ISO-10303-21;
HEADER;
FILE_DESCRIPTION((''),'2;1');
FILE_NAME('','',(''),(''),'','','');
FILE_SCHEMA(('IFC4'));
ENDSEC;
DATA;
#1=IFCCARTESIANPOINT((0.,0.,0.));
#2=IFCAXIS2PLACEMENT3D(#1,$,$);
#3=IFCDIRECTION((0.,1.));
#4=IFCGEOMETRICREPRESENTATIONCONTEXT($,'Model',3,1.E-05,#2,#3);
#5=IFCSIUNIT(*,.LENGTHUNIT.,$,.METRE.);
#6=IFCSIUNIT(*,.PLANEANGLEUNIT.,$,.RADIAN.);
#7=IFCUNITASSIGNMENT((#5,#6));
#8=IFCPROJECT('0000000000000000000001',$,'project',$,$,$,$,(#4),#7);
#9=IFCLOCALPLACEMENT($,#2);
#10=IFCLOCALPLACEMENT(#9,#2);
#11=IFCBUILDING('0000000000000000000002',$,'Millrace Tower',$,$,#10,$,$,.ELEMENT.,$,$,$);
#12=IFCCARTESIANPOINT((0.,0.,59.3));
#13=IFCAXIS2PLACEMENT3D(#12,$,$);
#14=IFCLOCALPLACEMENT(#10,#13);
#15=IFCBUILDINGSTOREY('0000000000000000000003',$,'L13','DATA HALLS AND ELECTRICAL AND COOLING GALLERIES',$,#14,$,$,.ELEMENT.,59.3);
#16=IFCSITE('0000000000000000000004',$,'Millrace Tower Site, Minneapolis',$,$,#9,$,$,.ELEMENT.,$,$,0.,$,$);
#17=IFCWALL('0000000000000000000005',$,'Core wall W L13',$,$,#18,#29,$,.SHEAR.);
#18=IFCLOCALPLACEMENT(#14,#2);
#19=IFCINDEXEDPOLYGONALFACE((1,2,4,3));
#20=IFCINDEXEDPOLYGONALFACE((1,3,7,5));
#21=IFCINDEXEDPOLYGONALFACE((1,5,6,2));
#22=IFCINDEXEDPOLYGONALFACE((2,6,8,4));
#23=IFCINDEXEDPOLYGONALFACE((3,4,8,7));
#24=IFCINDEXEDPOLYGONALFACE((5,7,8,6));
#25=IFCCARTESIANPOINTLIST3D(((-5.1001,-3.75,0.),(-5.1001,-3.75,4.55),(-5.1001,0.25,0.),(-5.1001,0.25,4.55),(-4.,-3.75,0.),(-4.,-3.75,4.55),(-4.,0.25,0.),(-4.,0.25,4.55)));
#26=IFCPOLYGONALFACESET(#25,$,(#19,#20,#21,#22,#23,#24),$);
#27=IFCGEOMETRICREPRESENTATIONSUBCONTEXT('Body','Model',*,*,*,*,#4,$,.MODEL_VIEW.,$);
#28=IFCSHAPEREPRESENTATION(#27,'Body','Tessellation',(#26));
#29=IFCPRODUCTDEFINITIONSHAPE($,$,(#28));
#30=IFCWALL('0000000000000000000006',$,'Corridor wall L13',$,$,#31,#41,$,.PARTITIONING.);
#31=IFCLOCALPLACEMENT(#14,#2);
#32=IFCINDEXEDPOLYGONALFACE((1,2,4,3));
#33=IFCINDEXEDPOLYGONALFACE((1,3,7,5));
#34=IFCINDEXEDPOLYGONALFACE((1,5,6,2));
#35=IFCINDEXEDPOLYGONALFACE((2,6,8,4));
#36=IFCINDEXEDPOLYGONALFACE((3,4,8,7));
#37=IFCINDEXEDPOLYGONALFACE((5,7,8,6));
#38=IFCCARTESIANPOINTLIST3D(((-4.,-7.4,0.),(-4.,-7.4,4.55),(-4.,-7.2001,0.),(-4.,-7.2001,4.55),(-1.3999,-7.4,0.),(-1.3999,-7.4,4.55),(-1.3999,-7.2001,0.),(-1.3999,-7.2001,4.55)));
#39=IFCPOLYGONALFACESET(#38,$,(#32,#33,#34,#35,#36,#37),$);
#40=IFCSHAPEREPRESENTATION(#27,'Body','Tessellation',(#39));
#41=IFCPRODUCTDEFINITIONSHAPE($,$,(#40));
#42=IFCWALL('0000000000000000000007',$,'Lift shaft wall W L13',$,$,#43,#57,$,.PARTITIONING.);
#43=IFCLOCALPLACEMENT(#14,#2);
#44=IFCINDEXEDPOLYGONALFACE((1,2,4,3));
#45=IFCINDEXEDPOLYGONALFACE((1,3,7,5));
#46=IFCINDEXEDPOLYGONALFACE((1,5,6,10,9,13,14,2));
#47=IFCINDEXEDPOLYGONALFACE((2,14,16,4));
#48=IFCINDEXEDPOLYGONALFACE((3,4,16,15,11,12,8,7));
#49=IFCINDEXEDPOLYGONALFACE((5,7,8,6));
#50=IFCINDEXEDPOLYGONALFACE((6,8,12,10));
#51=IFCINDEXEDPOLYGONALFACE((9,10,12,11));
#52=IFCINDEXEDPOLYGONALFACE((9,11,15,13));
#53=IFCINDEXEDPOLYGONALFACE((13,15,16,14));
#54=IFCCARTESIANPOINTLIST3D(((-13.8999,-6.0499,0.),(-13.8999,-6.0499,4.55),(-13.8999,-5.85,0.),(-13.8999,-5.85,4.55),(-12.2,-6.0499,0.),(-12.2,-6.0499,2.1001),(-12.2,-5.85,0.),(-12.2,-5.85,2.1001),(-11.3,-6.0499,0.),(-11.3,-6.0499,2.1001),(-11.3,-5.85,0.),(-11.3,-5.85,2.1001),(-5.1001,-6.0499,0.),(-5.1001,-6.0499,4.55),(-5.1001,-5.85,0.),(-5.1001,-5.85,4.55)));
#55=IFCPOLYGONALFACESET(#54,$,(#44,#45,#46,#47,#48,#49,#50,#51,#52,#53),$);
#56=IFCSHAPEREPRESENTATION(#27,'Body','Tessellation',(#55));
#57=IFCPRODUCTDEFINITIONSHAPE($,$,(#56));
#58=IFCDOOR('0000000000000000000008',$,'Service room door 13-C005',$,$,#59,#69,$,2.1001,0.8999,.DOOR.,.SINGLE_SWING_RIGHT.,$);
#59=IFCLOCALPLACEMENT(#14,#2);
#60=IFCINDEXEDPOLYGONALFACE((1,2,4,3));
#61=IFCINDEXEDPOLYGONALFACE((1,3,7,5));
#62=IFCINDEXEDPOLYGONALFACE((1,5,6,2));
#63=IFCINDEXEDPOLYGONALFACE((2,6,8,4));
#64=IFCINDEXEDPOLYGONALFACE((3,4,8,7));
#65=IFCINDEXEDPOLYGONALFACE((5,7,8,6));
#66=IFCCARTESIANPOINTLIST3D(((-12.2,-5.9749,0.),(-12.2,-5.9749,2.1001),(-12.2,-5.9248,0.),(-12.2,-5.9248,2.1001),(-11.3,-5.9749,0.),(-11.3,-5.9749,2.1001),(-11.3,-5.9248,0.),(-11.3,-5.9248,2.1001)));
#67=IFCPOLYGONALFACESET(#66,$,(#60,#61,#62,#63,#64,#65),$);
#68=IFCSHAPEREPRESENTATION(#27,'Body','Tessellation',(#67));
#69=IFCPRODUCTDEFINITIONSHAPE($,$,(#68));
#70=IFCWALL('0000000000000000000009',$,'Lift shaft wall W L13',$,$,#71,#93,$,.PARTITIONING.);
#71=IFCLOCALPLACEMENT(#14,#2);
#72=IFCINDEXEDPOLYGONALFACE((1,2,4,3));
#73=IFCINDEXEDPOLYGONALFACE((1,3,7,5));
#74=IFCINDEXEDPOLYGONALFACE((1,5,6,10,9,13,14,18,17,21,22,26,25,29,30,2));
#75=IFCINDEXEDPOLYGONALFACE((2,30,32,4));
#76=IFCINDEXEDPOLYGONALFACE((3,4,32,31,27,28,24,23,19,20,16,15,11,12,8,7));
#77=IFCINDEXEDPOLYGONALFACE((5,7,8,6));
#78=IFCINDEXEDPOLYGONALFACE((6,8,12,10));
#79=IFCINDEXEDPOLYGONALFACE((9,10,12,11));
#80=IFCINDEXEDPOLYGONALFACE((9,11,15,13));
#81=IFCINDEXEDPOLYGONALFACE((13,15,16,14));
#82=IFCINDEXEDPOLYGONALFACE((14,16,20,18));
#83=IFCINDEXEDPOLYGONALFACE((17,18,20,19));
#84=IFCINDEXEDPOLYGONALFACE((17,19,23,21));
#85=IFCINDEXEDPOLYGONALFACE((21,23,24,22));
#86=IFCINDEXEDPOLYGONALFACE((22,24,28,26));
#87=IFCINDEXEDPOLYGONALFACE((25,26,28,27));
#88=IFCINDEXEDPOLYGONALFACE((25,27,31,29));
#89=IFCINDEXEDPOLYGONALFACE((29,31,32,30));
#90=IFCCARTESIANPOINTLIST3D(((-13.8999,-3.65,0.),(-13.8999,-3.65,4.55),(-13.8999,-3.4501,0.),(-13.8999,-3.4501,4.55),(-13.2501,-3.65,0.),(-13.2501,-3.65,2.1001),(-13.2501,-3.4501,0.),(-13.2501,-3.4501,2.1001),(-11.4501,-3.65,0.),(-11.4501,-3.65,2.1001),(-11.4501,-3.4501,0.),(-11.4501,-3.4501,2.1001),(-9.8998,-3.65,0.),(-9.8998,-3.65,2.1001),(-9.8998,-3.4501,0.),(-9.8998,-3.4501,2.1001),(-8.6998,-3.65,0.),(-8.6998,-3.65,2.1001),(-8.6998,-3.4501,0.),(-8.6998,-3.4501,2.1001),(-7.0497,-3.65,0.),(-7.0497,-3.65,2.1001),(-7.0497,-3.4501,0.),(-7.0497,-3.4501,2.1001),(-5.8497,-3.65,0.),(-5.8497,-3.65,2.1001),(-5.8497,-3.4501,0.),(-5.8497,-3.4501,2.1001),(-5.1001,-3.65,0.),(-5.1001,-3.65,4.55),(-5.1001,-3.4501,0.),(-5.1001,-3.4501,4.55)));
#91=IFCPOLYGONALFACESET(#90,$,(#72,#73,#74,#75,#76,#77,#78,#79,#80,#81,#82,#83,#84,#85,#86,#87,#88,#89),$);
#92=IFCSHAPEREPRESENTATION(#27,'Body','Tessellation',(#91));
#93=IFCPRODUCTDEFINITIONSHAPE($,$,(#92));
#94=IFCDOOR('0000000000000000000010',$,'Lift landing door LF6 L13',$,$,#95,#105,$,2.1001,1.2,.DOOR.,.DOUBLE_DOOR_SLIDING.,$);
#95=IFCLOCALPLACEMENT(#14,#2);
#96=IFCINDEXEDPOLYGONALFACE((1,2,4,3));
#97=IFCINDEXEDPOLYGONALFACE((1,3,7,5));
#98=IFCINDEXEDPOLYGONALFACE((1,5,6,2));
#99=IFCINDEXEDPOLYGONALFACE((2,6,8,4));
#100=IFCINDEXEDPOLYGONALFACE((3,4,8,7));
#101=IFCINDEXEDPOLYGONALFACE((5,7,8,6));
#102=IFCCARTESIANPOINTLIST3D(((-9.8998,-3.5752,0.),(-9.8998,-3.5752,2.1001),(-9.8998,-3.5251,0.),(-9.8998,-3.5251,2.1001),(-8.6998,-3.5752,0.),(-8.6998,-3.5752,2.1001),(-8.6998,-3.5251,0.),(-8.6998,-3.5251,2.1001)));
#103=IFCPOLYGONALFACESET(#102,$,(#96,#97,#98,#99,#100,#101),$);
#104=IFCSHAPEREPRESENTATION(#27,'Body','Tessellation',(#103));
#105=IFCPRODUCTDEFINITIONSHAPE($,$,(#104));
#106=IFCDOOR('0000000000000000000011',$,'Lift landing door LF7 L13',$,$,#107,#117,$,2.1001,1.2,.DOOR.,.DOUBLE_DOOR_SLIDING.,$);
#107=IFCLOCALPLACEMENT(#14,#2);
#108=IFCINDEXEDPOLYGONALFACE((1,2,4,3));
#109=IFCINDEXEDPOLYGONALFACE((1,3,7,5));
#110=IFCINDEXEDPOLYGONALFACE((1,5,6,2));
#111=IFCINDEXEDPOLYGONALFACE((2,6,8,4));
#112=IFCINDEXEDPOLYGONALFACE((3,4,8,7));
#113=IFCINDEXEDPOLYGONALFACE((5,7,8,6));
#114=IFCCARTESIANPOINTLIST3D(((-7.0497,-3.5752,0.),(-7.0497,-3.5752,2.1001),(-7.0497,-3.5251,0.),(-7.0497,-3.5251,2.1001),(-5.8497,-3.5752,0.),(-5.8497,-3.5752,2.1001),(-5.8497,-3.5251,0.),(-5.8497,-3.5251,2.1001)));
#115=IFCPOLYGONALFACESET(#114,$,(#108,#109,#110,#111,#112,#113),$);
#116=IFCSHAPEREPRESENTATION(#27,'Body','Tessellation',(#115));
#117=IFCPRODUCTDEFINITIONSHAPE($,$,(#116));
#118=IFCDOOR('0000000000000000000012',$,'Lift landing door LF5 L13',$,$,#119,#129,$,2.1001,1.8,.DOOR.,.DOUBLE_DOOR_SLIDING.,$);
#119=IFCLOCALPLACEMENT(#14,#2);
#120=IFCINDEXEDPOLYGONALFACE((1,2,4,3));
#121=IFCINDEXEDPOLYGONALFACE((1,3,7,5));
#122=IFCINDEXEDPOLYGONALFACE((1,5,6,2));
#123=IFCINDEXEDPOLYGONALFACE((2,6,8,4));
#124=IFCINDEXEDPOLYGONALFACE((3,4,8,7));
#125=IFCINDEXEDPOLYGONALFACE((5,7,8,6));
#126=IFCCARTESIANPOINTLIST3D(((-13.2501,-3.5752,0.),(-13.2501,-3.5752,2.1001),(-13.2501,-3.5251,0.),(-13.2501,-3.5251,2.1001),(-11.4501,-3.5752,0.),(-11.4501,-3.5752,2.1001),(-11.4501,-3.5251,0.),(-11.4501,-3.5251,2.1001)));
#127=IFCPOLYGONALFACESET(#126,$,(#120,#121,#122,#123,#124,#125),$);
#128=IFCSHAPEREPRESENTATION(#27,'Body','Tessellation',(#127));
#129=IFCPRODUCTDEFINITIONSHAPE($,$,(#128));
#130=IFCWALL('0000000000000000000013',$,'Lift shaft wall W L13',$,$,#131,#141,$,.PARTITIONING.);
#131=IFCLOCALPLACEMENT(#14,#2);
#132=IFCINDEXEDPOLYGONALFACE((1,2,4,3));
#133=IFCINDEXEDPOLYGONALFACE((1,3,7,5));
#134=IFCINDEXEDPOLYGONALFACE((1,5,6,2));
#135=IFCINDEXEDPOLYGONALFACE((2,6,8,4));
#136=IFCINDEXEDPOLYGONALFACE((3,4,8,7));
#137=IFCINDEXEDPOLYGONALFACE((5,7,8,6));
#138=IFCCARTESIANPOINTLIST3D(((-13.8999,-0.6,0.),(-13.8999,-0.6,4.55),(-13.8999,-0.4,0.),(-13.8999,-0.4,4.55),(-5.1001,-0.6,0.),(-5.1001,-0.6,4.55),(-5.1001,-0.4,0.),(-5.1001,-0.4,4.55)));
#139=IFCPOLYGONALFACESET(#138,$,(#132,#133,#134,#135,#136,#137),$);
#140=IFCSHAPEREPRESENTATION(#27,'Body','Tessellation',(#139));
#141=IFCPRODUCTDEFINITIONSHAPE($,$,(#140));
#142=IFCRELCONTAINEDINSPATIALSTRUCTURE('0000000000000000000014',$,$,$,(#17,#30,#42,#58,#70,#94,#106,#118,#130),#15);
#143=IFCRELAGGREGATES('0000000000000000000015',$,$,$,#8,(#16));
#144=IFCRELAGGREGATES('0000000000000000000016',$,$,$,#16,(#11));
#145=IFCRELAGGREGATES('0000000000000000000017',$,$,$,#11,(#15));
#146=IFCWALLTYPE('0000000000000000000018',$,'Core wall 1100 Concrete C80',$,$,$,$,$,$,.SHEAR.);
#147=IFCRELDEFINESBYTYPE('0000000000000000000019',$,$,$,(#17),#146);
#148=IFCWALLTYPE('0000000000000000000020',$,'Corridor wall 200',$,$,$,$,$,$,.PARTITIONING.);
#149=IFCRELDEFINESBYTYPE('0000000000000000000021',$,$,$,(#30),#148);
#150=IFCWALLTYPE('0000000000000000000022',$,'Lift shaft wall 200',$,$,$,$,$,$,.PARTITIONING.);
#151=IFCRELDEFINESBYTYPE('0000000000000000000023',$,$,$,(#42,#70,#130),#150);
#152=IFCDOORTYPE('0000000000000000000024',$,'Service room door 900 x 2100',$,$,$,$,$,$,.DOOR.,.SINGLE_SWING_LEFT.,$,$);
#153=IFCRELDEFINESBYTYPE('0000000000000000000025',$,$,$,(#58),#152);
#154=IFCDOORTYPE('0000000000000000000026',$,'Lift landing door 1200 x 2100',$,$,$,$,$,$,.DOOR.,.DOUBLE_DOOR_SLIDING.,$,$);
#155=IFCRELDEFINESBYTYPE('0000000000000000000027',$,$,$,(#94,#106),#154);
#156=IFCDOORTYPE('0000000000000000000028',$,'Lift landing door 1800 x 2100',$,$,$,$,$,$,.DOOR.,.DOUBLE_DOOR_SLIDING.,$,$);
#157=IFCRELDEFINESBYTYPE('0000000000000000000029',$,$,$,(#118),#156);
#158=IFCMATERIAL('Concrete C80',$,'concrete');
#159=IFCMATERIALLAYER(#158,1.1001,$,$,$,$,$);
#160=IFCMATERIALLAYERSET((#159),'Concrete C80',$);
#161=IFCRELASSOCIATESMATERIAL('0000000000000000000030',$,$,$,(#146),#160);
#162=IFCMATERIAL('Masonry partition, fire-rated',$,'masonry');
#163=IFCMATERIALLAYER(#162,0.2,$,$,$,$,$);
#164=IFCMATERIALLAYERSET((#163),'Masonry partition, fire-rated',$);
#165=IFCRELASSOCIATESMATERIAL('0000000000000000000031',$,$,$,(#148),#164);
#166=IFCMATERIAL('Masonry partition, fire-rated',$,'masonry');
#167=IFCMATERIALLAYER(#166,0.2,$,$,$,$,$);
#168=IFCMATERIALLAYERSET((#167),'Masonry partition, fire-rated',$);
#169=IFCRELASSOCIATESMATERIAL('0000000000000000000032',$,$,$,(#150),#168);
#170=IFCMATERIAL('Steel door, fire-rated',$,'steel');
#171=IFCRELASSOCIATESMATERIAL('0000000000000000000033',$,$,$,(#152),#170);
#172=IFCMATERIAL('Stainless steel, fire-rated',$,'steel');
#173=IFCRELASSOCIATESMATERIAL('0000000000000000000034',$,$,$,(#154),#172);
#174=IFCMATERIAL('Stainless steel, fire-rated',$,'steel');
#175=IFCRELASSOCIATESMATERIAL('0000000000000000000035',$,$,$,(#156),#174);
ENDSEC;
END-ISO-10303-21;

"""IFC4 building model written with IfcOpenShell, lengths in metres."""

from ifc_helpers import new_model, si_unit, direction, frame, frame_2d, origin, place, context, subcontext, project, spatial, rectangle, extrude, material, layer, layer_set, type_object, element, fill, save


model = new_model("IFC4")

# Units and contexts
model_context = context("Model", 3, precision=1e-05, world=origin(), true_north=direction((0.0, 1.0)))
body_context = subcontext(model_context, "Body", "Model", "MODEL_VIEW")
ifc_project = project(units=[si_unit("LENGTHUNIT", "METRE"), si_unit("PLANEANGLEUNIT", "RADIAN")], contexts=[model_context])

# Site, building, storey
site_placement = place(None, origin())
site = spatial("IfcSite", under=ifc_project, at=site_placement, Name="Millrace Tower Site, Minneapolis", CompositionType="ELEMENT", RefElevation=0.0)
building_placement = place(site_placement, origin())
building = spatial("IfcBuilding", under=site, at=building_placement, Name="Millrace Tower", CompositionType="ELEMENT")
storey_placement = place(building_placement, frame((0.0, 0.0, 59.3)))
storey = spatial("IfcBuildingStorey", under=building, at=storey_placement, Name="L13", Description="DATA HALLS AND ELECTRICAL AND COOLING GALLERIES", CompositionType="ELEMENT", Elevation=59.3)

# Walls
ifc_material_1 = material(Name="Concrete C80", Category="concrete")
ifc_layer_1 = layer(ifc_material_1, 1.1001)
ifc_layer_set_1 = layer_set([ifc_layer_1], Name="Concrete C80")
wall_type_1 = type_object("IfcWallType", Name="Core wall 1100 Concrete C80", PredefinedType="SHEAR", material=ifc_layer_set_1)
wall_1_placement = place(storey_placement, frame((-4.55, -3.75, 0.0), z_axis=(0.0, 0.0, 1.0), x_axis=(0.0, 1.0, 0.0)))
element("IfcWall", 1, at=wall_1_placement, inside=storey, type_object=wall_type_1, Name="Core wall W L13", PredefinedType="SHEAR", context=body_context, shape_type="SweptSolid", body=[
    extrude(rectangle(XDim=4.0, YDim=1.1001, at=frame_2d((2.0, 0.0))), origin(), (0.0, 0.0, 1.0), 4.55),
])
ifc_material_2 = material(Name="Masonry partition, fire-rated", Category="masonry")
ifc_layer_2 = layer(ifc_material_2, 0.2)
ifc_layer_set_2 = layer_set([ifc_layer_2], Name="Masonry partition, fire-rated")
wall_type_2 = type_object("IfcWallType", Name="Corridor wall 200", PredefinedType="PARTITIONING", material=ifc_layer_set_2)
wall_2_placement = place(storey_placement, frame((-4.0, -7.3, 0.0), z_axis=(0.0, 0.0, 1.0), x_axis=(1.0, 0.0, 0.0)))
element("IfcWall", 2, at=wall_2_placement, inside=storey, type_object=wall_type_2, Name="Corridor wall L13", PredefinedType="PARTITIONING", context=body_context, shape_type="SweptSolid", body=[
    extrude(rectangle(XDim=2.6001, YDim=0.2, at=frame_2d((1.3, 0.0))), origin(), (0.0, 0.0, 1.0), 4.55),
])

# Wall, opening, door
ifc_material_3 = material(Name="Masonry partition, fire-rated", Category="masonry")
ifc_layer_3 = layer(ifc_material_3, 0.2)
ifc_layer_set_3 = layer_set([ifc_layer_3], Name="Masonry partition, fire-rated")
wall_type_3 = type_object("IfcWallType", Name="Lift shaft wall 200", PredefinedType="PARTITIONING", material=ifc_layer_set_3)
wall_3_placement = place(storey_placement, frame((-13.8999, -5.95, 0.0), z_axis=(0.0, 0.0, 1.0), x_axis=(1.0, 0.0, 0.0)))
wall_3 = element("IfcWall", 3, at=wall_3_placement, inside=storey, type_object=wall_type_3, Name="Lift shaft wall W L13", PredefinedType="PARTITIONING", context=body_context, shape_type="SweptSolid", body=[
    extrude(rectangle(XDim=8.7998, YDim=0.2, at=frame_2d((4.3999, 0.0))), origin(), (0.0, 0.0, 1.0), 4.55),
])
opening_1_placement = place(wall_3_placement, frame((1.7, 0.0, 0.0)))
opening_1 = element("IfcOpeningElement", 4, at=opening_1_placement, cuts=wall_3, PredefinedType="OPENING", context=body_context, shape_type="SweptSolid", body=[
    extrude(rectangle(XDim=0.8999, YDim=2.1001, at=frame_2d((0.45, 1.05))), frame((0.0, 0.1099, 0.0), z_axis=(0.0, -1.0, 0.0), x_axis=(1.0, 0.0, 0.0)), (0.0, 0.0, 1.0), 0.22),
])
ifc_material_4 = material(Name="Steel door, fire-rated", Category="steel")
door_type_1 = type_object("IfcDoorType", Name="Service room door 900 x 2100", OperationType="SINGLE_SWING_LEFT", PredefinedType="DOOR", material=ifc_material_4)
door_1_placement = place(opening_1_placement, frame((0.8999, 0.0, 0.0), z_axis=(0.0, 0.0, 1.0), x_axis=(-1.0, 0.0, 0.0)))
door_1 = element("IfcDoor", 5, at=door_1_placement, inside=storey, type_object=door_type_1, Name="Service room door 13-C005", OperationType="SINGLE_SWING_RIGHT", OverallHeight=2.1001, OverallWidth=0.8999, PredefinedType="DOOR", context=body_context, shape_type="SweptSolid", body=[
    extrude(rectangle(XDim=0.8999, YDim=2.1001, at=frame_2d((0.45, 1.05))), frame((0.0, 0.0249, 0.0), z_axis=(0.0, -1.0, 0.0), x_axis=(1.0, 0.0, 0.0)), (0.0, 0.0, 1.0), 0.05),
])
fill(opening_1, door_1)

# Wall, openings, doors
wall_4_placement = place(storey_placement, frame((-13.8999, -3.55, 0.0), z_axis=(0.0, 0.0, 1.0), x_axis=(1.0, 0.0, 0.0)))
wall_4 = element("IfcWall", 6, at=wall_4_placement, inside=storey, type_object=wall_type_3, Name="Lift shaft wall W L13", PredefinedType="PARTITIONING", context=body_context, shape_type="SweptSolid", body=[
    extrude(rectangle(XDim=8.7998, YDim=0.2, at=frame_2d((4.3999, 0.0))), origin(), (0.0, 0.0, 1.0), 4.55),
])
opening_2_placement = place(wall_4_placement, frame((0.6499, 0.0, 0.0)))
opening_2 = element("IfcOpeningElement", 7, at=opening_2_placement, cuts=wall_4, PredefinedType="OPENING", context=body_context, shape_type="SweptSolid", body=[
    extrude(rectangle(XDim=1.8, YDim=2.1001, at=frame_2d((0.8999, 1.05))), frame((0.0, 0.1099, 0.0), z_axis=(0.0, -1.0, 0.0), x_axis=(1.0, 0.0, 0.0)), (0.0, 0.0, 1.0), 0.22),
])
opening_3_placement = place(wall_4_placement, frame((4.0, 0.0, 0.0)))
opening_3 = element("IfcOpeningElement", 8, at=opening_3_placement, cuts=wall_4, PredefinedType="OPENING", context=body_context, shape_type="SweptSolid", body=[
    extrude(rectangle(XDim=1.2, YDim=2.1001, at=frame_2d((0.6001, 1.05))), frame((0.0, 0.1099, 0.0), z_axis=(0.0, -1.0, 0.0), x_axis=(1.0, 0.0, 0.0)), (0.0, 0.0, 1.0), 0.22),
])
opening_4_placement = place(wall_4_placement, frame((6.8501, 0.0, 0.0)))
opening_4 = element("IfcOpeningElement", 9, at=opening_4_placement, cuts=wall_4, PredefinedType="OPENING", context=body_context, shape_type="SweptSolid", body=[
    extrude(rectangle(XDim=1.2, YDim=2.1001, at=frame_2d((0.6001, 1.05))), frame((0.0, 0.1099, 0.0), z_axis=(0.0, -1.0, 0.0), x_axis=(1.0, 0.0, 0.0)), (0.0, 0.0, 1.0), 0.22),
])
ifc_material_5 = material(Name="Stainless steel, fire-rated", Category="steel")
door_type_2 = type_object("IfcDoorType", Name="Lift landing door 1200 x 2100", OperationType="DOUBLE_DOOR_SLIDING", PredefinedType="DOOR", material=ifc_material_5)
door_2_placement = place(opening_3_placement, origin())
door_2 = element("IfcDoor", 10, at=door_2_placement, inside=storey, type_object=door_type_2, Name="Lift landing door LF6 L13", OperationType="DOUBLE_DOOR_SLIDING", OverallHeight=2.1001, OverallWidth=1.2, PredefinedType="DOOR", context=body_context, shape_type="SweptSolid", body=[
    extrude(rectangle(XDim=1.2, YDim=2.1001, at=frame_2d((0.6001, 1.05))), frame((0.0, 0.0249, 0.0), z_axis=(0.0, -1.0, 0.0), x_axis=(1.0, 0.0, 0.0)), (0.0, 0.0, 1.0), 0.05),
])
fill(opening_3, door_2)
door_3_placement = place(opening_4_placement, origin())
door_3 = element("IfcDoor", 11, at=door_3_placement, inside=storey, type_object=door_type_2, Name="Lift landing door LF7 L13", OperationType="DOUBLE_DOOR_SLIDING", OverallHeight=2.1001, OverallWidth=1.2, PredefinedType="DOOR", context=body_context, shape_type="SweptSolid", body=[
    extrude(rectangle(XDim=1.2, YDim=2.1001, at=frame_2d((0.6001, 1.05))), frame((0.0, 0.0249, 0.0), z_axis=(0.0, -1.0, 0.0), x_axis=(1.0, 0.0, 0.0)), (0.0, 0.0, 1.0), 0.05),
])
fill(opening_4, door_3)
ifc_material_6 = material(Name="Stainless steel, fire-rated", Category="steel")
door_type_3 = type_object("IfcDoorType", Name="Lift landing door 1800 x 2100", OperationType="DOUBLE_DOOR_SLIDING", PredefinedType="DOOR", material=ifc_material_6)
door_4_placement = place(opening_2_placement, origin())
door_4 = element("IfcDoor", 12, at=door_4_placement, inside=storey, type_object=door_type_3, Name="Lift landing door LF5 L13", OperationType="DOUBLE_DOOR_SLIDING", OverallHeight=2.1001, OverallWidth=1.8, PredefinedType="DOOR", context=body_context, shape_type="SweptSolid", body=[
    extrude(rectangle(XDim=1.8, YDim=2.1001, at=frame_2d((0.8999, 1.05))), frame((0.0, 0.0249, 0.0), z_axis=(0.0, -1.0, 0.0), x_axis=(1.0, 0.0, 0.0)), (0.0, 0.0, 1.0), 0.05),
])
fill(opening_2, door_4)

# Wall
wall_5_placement = place(storey_placement, frame((-13.8999, -0.5, 0.0), z_axis=(0.0, 0.0, 1.0), x_axis=(1.0, 0.0, 0.0)))
element("IfcWall", 13, at=wall_5_placement, inside=storey, type_object=wall_type_3, Name="Lift shaft wall W L13", PredefinedType="PARTITIONING", context=body_context, shape_type="SweptSolid", body=[
    extrude(rectangle(XDim=8.7998, YDim=0.2, at=frame_2d((4.3999, 0.0))), origin(), (0.0, 0.0, 1.0), 4.55),
])

save(model, "model.ifc")
